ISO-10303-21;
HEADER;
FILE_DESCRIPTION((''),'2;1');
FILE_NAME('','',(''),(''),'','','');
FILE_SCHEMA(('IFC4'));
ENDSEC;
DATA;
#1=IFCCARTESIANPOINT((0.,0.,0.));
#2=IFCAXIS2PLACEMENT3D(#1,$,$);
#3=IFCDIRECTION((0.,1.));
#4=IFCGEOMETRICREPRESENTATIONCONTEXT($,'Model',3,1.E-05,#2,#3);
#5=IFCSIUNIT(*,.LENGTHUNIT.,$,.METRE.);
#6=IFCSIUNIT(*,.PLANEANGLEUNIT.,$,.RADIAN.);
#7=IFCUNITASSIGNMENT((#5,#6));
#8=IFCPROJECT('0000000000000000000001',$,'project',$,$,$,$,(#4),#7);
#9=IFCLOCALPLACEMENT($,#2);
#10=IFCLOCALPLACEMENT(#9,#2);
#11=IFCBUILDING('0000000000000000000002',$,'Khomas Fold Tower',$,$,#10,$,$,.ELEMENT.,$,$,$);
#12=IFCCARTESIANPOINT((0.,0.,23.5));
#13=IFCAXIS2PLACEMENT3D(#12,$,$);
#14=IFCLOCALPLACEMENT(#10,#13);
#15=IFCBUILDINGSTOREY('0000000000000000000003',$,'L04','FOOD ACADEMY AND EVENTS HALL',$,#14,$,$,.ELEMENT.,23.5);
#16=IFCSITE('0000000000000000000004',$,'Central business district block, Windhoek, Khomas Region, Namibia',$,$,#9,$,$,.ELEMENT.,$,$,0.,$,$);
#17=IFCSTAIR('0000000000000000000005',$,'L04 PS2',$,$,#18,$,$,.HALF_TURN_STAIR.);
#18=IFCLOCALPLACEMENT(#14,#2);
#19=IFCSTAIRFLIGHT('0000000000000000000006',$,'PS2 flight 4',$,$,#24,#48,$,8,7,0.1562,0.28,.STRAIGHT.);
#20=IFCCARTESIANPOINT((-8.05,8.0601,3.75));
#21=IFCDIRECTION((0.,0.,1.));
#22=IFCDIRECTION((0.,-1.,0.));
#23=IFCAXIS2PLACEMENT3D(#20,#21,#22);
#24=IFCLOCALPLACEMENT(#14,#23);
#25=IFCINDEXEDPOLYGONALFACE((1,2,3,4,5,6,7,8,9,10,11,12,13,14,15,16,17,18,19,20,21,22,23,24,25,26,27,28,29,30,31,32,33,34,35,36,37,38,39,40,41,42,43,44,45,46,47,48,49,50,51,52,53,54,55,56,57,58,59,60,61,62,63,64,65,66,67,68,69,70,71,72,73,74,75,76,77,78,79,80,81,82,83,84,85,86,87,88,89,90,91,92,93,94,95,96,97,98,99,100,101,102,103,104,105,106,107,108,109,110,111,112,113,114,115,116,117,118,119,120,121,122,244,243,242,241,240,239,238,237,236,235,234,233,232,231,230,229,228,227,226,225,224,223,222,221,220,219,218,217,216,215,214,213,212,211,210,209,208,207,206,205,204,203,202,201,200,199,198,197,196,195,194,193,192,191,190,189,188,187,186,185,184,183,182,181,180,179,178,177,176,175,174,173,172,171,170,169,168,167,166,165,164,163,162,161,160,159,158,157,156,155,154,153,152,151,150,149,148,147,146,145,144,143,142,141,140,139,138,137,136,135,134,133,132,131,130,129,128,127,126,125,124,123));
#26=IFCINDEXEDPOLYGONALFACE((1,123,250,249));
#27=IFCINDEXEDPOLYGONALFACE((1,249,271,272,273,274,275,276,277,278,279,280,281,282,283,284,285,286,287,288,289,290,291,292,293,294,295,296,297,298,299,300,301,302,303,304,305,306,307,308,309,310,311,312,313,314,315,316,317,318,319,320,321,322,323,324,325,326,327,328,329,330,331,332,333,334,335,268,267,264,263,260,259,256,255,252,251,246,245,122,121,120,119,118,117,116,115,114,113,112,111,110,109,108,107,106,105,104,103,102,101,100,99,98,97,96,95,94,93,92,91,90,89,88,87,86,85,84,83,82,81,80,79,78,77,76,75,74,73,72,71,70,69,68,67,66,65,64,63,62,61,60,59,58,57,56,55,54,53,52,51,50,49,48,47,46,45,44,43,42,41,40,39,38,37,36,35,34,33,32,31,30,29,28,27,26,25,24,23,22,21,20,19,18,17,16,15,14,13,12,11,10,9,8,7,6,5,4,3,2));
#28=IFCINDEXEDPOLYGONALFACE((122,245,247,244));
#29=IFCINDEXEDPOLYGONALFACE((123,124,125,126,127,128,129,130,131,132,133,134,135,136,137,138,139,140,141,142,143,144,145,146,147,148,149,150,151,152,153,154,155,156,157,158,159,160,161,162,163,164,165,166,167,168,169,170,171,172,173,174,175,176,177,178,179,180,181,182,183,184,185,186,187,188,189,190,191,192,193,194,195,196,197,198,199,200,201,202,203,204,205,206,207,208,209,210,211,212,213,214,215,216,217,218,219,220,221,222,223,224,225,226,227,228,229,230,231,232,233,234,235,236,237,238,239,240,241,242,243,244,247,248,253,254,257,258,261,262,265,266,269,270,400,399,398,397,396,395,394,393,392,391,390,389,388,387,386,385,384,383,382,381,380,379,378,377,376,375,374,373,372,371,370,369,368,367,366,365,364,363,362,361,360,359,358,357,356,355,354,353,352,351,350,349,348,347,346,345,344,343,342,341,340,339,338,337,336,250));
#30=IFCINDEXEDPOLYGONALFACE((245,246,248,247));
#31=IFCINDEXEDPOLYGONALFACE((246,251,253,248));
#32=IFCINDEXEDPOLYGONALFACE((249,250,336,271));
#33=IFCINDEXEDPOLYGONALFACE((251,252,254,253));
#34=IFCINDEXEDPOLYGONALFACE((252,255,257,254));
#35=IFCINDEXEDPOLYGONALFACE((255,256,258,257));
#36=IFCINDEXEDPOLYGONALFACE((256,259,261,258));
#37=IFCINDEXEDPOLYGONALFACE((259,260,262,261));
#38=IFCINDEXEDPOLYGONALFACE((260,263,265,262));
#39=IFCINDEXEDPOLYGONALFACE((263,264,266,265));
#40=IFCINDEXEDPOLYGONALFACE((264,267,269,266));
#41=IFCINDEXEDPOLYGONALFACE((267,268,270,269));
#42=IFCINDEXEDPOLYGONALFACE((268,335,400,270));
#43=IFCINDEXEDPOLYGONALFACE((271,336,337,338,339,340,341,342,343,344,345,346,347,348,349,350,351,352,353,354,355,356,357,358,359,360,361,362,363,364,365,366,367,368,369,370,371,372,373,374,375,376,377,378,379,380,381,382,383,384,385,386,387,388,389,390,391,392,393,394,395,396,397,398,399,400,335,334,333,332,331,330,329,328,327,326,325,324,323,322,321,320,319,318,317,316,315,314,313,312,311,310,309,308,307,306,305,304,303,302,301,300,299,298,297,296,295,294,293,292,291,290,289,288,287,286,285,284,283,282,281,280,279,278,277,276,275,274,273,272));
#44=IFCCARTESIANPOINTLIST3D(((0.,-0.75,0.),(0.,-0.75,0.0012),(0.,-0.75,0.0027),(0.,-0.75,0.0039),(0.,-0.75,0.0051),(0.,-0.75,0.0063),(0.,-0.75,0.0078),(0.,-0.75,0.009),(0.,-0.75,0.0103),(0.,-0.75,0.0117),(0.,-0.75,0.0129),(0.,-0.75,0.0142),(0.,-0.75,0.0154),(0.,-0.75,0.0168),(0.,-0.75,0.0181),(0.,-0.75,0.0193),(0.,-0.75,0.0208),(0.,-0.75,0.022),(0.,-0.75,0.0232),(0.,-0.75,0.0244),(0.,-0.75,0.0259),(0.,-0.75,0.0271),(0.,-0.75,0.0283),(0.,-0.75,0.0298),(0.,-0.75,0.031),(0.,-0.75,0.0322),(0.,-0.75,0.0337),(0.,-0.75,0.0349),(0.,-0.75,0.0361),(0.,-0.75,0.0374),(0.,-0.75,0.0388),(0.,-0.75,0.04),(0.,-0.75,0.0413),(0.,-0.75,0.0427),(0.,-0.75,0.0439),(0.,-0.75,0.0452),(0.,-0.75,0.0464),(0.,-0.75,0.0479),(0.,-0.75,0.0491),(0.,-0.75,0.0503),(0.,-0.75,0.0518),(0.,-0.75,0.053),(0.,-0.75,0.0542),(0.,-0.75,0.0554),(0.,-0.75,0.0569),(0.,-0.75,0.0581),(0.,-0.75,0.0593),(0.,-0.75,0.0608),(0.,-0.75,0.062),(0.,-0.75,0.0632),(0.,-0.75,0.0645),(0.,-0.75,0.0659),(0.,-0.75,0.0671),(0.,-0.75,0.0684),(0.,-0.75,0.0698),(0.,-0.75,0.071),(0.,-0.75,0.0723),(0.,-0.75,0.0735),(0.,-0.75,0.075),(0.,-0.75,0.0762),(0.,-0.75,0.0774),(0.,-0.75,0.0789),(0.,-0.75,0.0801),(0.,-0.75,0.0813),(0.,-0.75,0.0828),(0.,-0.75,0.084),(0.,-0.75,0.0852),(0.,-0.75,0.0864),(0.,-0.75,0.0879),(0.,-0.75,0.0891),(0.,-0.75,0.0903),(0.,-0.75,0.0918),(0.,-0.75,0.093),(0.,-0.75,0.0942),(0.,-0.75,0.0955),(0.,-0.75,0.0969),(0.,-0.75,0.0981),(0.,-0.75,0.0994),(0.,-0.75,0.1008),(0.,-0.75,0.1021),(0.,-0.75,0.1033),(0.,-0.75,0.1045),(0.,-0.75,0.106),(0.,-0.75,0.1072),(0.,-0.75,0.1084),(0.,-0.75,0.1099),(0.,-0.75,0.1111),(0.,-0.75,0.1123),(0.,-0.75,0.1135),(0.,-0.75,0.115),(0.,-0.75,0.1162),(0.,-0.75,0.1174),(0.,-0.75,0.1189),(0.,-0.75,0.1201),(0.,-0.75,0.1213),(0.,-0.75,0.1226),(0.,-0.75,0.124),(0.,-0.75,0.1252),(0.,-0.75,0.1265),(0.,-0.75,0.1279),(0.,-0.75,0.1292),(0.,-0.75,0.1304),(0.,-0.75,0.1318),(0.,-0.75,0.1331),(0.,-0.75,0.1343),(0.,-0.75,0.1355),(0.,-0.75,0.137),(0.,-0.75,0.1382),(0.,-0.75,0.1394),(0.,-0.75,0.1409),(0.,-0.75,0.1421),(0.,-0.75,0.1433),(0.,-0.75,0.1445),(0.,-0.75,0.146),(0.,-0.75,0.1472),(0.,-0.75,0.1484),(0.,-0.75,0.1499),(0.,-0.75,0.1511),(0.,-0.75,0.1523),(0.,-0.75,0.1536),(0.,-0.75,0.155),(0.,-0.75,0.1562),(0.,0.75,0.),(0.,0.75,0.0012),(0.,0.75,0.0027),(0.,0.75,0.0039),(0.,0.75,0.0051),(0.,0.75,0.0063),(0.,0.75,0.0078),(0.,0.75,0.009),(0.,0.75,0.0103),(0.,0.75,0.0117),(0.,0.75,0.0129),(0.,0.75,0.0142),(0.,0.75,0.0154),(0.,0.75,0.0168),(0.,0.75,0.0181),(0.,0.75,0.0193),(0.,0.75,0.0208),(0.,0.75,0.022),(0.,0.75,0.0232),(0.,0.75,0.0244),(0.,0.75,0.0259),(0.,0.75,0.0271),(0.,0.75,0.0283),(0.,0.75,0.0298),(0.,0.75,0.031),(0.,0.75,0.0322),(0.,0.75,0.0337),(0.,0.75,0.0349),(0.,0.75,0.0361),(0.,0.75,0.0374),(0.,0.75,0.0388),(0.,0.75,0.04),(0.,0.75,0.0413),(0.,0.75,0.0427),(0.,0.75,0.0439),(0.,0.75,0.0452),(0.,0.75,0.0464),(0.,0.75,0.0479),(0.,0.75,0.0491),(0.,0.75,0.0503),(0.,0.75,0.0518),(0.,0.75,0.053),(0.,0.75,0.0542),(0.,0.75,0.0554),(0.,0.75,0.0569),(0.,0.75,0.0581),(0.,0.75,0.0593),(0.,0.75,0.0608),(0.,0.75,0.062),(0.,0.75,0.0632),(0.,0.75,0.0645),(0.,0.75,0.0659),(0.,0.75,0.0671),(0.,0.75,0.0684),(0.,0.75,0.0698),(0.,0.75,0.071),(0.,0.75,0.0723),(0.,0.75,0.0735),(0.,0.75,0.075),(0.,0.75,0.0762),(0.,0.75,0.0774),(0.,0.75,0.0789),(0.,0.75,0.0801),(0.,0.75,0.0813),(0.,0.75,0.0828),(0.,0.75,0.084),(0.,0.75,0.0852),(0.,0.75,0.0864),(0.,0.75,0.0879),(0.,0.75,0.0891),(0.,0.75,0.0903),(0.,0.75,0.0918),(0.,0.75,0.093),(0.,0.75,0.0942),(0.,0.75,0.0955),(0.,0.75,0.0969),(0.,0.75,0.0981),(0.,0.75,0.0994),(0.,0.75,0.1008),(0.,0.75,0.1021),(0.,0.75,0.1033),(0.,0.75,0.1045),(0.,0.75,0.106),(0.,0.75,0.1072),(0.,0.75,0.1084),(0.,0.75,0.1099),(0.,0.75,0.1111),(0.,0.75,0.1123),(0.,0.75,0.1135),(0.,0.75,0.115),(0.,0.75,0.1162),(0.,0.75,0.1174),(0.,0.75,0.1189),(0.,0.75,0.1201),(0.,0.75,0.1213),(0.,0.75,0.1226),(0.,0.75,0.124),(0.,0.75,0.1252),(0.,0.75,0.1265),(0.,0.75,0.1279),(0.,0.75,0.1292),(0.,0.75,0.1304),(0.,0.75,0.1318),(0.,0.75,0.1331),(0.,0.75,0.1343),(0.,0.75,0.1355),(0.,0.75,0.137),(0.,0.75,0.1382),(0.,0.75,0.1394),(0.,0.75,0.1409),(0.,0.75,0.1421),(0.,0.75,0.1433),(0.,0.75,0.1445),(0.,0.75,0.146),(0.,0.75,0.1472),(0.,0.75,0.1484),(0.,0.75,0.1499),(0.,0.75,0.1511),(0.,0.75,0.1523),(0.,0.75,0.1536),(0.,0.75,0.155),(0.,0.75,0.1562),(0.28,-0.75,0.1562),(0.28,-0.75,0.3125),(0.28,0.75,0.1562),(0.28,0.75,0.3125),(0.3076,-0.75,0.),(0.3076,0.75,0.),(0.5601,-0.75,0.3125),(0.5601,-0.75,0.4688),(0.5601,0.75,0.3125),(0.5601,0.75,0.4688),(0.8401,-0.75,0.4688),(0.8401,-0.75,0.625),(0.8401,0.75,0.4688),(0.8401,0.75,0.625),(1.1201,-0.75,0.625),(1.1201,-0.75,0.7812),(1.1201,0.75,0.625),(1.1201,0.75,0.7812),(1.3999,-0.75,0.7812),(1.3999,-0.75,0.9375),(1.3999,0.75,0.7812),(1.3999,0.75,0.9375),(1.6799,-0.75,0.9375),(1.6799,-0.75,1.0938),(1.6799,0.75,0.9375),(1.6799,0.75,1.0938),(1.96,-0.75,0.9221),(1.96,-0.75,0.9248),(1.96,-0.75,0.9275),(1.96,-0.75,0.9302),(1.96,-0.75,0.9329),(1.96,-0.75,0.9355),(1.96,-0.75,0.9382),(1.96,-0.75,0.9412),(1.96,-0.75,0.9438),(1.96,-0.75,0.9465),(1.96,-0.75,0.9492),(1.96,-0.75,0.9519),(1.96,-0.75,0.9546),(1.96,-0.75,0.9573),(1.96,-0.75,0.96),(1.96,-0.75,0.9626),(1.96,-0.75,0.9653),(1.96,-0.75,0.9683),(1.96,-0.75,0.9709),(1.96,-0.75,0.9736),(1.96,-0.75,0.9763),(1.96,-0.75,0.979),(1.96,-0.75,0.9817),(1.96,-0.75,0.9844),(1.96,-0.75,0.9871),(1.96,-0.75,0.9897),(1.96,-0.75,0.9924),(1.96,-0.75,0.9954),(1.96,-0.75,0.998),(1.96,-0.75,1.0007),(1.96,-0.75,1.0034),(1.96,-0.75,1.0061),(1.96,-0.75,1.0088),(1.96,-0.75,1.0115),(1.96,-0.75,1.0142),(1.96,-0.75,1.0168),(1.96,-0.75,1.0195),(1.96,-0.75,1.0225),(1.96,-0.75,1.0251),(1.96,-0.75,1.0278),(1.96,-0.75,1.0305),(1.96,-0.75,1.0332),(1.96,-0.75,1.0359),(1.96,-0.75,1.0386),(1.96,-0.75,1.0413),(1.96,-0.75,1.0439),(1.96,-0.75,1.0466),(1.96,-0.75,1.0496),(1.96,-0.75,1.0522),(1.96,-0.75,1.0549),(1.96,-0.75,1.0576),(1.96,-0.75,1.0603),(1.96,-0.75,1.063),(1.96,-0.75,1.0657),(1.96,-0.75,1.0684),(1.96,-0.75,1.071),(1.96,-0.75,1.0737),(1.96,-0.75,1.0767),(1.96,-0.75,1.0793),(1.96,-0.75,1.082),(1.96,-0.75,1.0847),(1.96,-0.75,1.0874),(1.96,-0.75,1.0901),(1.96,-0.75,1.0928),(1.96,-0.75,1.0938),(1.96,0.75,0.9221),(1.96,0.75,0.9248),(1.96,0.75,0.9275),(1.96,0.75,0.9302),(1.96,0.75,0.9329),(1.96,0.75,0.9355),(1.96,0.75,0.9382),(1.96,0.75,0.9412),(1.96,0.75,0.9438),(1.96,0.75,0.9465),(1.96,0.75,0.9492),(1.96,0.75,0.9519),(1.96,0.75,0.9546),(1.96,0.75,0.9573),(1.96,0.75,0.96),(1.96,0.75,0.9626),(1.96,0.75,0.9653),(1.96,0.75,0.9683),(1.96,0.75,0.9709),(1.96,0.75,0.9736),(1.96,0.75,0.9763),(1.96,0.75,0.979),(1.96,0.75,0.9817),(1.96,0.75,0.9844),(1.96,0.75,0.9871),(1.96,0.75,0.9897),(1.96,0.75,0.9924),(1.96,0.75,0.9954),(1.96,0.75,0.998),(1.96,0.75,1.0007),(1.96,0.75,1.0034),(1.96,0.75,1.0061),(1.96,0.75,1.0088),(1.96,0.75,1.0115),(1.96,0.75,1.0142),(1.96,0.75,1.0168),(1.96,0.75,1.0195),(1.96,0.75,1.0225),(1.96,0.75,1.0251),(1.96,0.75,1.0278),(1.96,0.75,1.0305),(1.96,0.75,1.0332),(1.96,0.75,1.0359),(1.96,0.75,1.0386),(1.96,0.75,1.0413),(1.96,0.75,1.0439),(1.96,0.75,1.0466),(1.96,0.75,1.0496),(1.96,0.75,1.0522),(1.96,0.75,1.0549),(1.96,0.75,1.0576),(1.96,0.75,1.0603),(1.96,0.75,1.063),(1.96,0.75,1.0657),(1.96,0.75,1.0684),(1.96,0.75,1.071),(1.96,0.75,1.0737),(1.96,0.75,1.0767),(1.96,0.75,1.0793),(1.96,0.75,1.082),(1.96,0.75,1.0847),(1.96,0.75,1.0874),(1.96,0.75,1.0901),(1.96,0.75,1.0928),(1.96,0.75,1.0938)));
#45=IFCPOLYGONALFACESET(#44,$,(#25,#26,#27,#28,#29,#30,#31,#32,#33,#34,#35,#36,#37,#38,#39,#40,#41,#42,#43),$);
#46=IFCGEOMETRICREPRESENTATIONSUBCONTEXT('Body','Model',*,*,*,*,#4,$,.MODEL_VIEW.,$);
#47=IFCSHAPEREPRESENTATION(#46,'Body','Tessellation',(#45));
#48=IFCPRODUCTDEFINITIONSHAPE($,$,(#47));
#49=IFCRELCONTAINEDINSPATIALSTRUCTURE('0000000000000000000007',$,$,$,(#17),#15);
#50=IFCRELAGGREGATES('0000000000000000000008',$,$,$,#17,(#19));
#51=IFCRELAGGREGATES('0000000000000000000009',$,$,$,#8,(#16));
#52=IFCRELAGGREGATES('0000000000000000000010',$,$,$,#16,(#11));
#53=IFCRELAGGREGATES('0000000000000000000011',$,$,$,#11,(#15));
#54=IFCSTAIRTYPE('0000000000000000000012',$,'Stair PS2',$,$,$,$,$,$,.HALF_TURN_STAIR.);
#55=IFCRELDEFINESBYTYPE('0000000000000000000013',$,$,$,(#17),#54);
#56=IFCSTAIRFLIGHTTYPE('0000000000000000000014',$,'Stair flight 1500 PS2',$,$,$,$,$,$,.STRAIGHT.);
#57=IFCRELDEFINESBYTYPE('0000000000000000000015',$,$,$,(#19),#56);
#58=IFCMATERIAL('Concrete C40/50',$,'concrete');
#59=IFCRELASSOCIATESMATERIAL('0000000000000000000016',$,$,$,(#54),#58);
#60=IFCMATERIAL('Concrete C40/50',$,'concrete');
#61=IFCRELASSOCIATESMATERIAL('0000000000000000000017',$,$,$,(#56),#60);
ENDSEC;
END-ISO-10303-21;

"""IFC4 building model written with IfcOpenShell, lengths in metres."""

from ifc_helpers import new_model, si_unit, direction, frame, origin, place, context, subcontext, project, spatial, polyline, outline, extrude, source, transform, mapped, material, type_object, element, aggregate, save


model = new_model("IFC4")

# Units and contexts
model_context = context("Model", 3, precision=1e-05, world=origin(), true_north=direction((0.0, 1.0)))
body_context = subcontext(model_context, "Body", "Model", "MODEL_VIEW")
ifc_project = project(units=[si_unit("LENGTHUNIT", "METRE"), si_unit("PLANEANGLEUNIT", "RADIAN")], contexts=[model_context])

# Site, building, storey
site_placement = place(None, origin())
site = spatial("IfcSite", under=ifc_project, at=site_placement, Name="Central business district block, Windhoek, Khomas Region, Namibia", CompositionType="ELEMENT", RefElevation=0.0)
building_placement = place(site_placement, origin())
building = spatial("IfcBuilding", under=site, at=building_placement, Name="Khomas Fold Tower", CompositionType="ELEMENT")
storey_placement = place(building_placement, frame((0.0, 0.0, 23.5)))
storey = spatial("IfcBuildingStorey", under=building, at=storey_placement, Name="L04", Description="FOOD ACADEMY AND EVENTS HALL", CompositionType="ELEMENT", Elevation=23.5)

# Stair, stair flight
ifc_material_1 = material(Name="Concrete C40/50", Category="concrete")
stair_type = type_object("IfcStairType", Name="Stair PS2", PredefinedType="HALF_TURN_STAIR", material=ifc_material_1)
stair_placement = place(storey_placement, origin())
stair = element("IfcStair", 1, at=stair_placement, inside=storey, type_object=stair_type, Name="L04 PS2", PredefinedType="HALF_TURN_STAIR")
ifc_material_2 = material(Name="Concrete C40/50", Category="concrete")
stair_flight_type = type_object("IfcStairFlightType", Name="Stair flight 1500 PS2", PredefinedType="STRAIGHT", material=ifc_material_2)
shared_shape_1 = source(origin(), body_context, "Body", "SweptSolid", [
    extrude(outline(polyline([(0.0, 0.0), (0.0, 0.0012), (0.0, 0.0027), (0.0, 0.0039), (0.0, 0.0051), (0.0, 0.0063), (0.0, 0.0078), (0.0, 0.009), (0.0, 0.0103), (0.0, 0.0117), (0.0, 0.0129), (0.0, 0.0142), (0.0, 0.0154), (0.0, 0.0168), (0.0, 0.0181), (0.0, 0.0193), (0.0, 0.0208), (0.0, 0.022), (0.0, 0.0232), (0.0, 0.0244), (0.0, 0.0259), (0.0, 0.0271), (0.0, 0.0283), (0.0, 0.0298), (0.0, 0.031), (0.0, 0.0322), (0.0, 0.0337), (0.0, 0.0349), (0.0, 0.0361), (0.0, 0.0374), (0.0, 0.0388), (0.0, 0.04), (0.0, 0.0413), (0.0, 0.0427), (0.0, 0.0439), (0.0, 0.0452), (0.0, 0.0464), (0.0, 0.0479), (0.0, 0.0491), (0.0, 0.0503), (0.0, 0.0518), (0.0, 0.053), (0.0, 0.0542), (0.0, 0.0554), (0.0, 0.0569), (0.0, 0.0581), (0.0, 0.0593), (0.0, 0.0608), (0.0, 0.062), (0.0, 0.0632), (0.0, 0.0645), (0.0, 0.0659), (0.0, 0.0671), (0.0, 0.0684), (0.0, 0.0698), (0.0, 0.071), (0.0, 0.0723), (0.0, 0.0735), (0.0, 0.075), (0.0, 0.0762), (0.0, 0.0774), (0.0, 0.0789), (0.0, 0.0801), (0.0, 0.0813), (0.0, 0.0828), (0.0, 0.084), (0.0, 0.0852), (0.0, 0.0864), (0.0, 0.0879), (0.0, 0.0891), (0.0, 0.0903), (0.0, 0.0918), (0.0, 0.093), (0.0, 0.0942), (0.0, 0.0955), (0.0, 0.0969), (0.0, 0.0981), (0.0, 0.0994), (0.0, 0.1008), (0.0, 0.1021), (0.0, 0.1033), (0.0, 0.1045), (0.0, 0.106), (0.0, 0.1072), (0.0, 0.1084), (0.0, 0.1099), (0.0, 0.1111), (0.0, 0.1123), (0.0, 0.1135), (0.0, 0.115), (0.0, 0.1162), (0.0, 0.1174), (0.0, 0.1189), (0.0, 0.1201), (0.0, 0.1213), (0.0, 0.1226), (0.0, 0.124), (0.0, 0.1252), (0.0, 0.1265), (0.0, 0.1279), (0.0, 0.1292), (0.0, 0.1304), (0.0, 0.1318), (0.0, 0.1331), (0.0, 0.1343), (0.0, 0.1355), (0.0, 0.137), (0.0, 0.1382), (0.0, 0.1394), (0.0, 0.1409), (0.0, 0.1421), (0.0, 0.1433), (0.0, 0.1445), (0.0, 0.146), (0.0, 0.1472), (0.0, 0.1484), (0.0, 0.1499), (0.0, 0.1511), (0.0, 0.1523), (0.0, 0.1536), (0.0, 0.155), (0.0, 0.1562), (0.28, 0.1562), (0.28, 0.3125), (0.5601, 0.3125), (0.5601, 0.4688), (0.8401, 0.4688), (0.8401, 0.625), (1.1201, 0.625), (1.1201, 0.7812), (1.3999, 0.7812), (1.3999, 0.9375), (1.6799, 0.9375), (1.6799, 1.0938), (1.96, 1.0938), (1.96, 1.25), (1.96, 1.2473), (1.96, 1.2446), (1.96, 1.2419), (1.96, 1.2393), (1.96, 1.2363), (1.96, 1.2336), (1.96, 1.231), (1.96, 1.2283), (1.96, 1.2256), (1.96, 1.2229), (1.96, 1.2202), (1.96, 1.2175), (1.96, 1.2148), (1.96, 1.2122), (1.96, 1.2092), (1.96, 1.2065), (1.96, 1.2039), (1.96, 1.2012), (1.96, 1.1985), (1.96, 1.1958), (1.96, 1.1931), (1.96, 1.1904), (1.96, 1.1877), (1.96, 1.1851), (1.96, 1.1821), (1.96, 1.1794), (1.96, 1.1768), (1.96, 1.1741), (1.96, 1.1714), (1.96, 1.1687), (1.96, 1.166), (1.96, 1.1633), (1.96, 1.1606), (1.96, 1.158), (1.96, 1.155), (1.96, 1.1523), (1.96, 1.1497), (1.96, 1.147), (1.96, 1.1443), (1.96, 1.1416), (1.96, 1.1389), (1.96, 1.1362), (1.96, 1.1335), (1.96, 1.1309), (1.96, 1.1279), (1.96, 1.1252), (1.96, 1.1226), (1.96, 1.1199), (1.96, 1.1172), (1.96, 1.1145), (1.96, 1.1118), (1.96, 1.1091), (1.96, 1.1064), (1.96, 1.1038), (1.96, 1.1008), (1.96, 1.0981), (1.96, 1.0955), (1.96, 1.0928), (1.96, 1.0901), (1.96, 1.0874), (1.96, 1.0847), (1.96, 1.082), (1.96, 1.0793), (1.96, 1.0767), (1.96, 1.0737), (1.96, 1.071), (1.96, 1.0684), (1.96, 1.0657), (1.96, 1.063), (1.96, 1.0603), (1.96, 1.0576), (1.96, 1.0549), (1.96, 1.0522), (1.96, 1.0496), (1.96, 1.0466), (1.96, 1.0439), (1.96, 1.0413), (1.96, 1.0386), (1.96, 1.0359), (1.96, 1.0332), (1.96, 1.0305), (1.96, 1.0278), (1.96, 1.0251), (1.96, 1.0225), (1.96, 1.0195), (1.96, 1.0168), (1.96, 1.0142), (1.96, 1.0115), (1.96, 1.0088), (1.96, 1.0061), (1.96, 1.0034), (1.96, 1.0007), (1.96, 0.998), (1.96, 0.9954), (1.96, 0.9924), (1.96, 0.9897), (1.96, 0.9871), (1.96, 0.9844), (1.96, 0.9817), (1.96, 0.979), (1.96, 0.9763), (1.96, 0.9736), (1.96, 0.9709), (1.96, 0.9683), (1.96, 0.9653), (1.96, 0.9626), (1.96, 0.96), (1.96, 0.9573), (1.96, 0.9546), (1.96, 0.9519), (1.96, 0.9492), (1.96, 0.9465), (1.96, 0.9438), (1.96, 0.9412), (1.96, 0.9382), (1.96, 0.9355), (1.96, 0.9329), (1.96, 0.9302), (1.96, 0.9275), (1.96, 0.9248), (1.96, 0.9221), (0.3076, 0.0), (0.0, 0.0)])), frame((0.0, 0.75, 0.0), z_axis=(0.0, -1.0, 0.0), x_axis=(1.0, 0.0, 0.0)), (0.0, 0.0, 1.0), 1.5),
])
stair_flight_1_placement = place(storey_placement, frame((-8.05, 8.0601, 3.75), z_axis=(0.0, 0.0, 1.0), x_axis=(0.0, -1.0, 0.0)))
stair_flight_1 = element("IfcStairFlight", 2, at=stair_flight_1_placement, type_object=stair_flight_type, Name="PS2 flight 4", NumberOfRisers=8, NumberOfTreads=7, PredefinedType="STRAIGHT", RiserHeight=0.1562, TreadLength=0.28, context=body_context, shape_type="MappedRepresentation", body=[
    mapped(shared_shape_1, transform((0.0, 0.0, 0.0))),
])
aggregate(stair, [stair_flight_1])

save(model, "model.ifc")
